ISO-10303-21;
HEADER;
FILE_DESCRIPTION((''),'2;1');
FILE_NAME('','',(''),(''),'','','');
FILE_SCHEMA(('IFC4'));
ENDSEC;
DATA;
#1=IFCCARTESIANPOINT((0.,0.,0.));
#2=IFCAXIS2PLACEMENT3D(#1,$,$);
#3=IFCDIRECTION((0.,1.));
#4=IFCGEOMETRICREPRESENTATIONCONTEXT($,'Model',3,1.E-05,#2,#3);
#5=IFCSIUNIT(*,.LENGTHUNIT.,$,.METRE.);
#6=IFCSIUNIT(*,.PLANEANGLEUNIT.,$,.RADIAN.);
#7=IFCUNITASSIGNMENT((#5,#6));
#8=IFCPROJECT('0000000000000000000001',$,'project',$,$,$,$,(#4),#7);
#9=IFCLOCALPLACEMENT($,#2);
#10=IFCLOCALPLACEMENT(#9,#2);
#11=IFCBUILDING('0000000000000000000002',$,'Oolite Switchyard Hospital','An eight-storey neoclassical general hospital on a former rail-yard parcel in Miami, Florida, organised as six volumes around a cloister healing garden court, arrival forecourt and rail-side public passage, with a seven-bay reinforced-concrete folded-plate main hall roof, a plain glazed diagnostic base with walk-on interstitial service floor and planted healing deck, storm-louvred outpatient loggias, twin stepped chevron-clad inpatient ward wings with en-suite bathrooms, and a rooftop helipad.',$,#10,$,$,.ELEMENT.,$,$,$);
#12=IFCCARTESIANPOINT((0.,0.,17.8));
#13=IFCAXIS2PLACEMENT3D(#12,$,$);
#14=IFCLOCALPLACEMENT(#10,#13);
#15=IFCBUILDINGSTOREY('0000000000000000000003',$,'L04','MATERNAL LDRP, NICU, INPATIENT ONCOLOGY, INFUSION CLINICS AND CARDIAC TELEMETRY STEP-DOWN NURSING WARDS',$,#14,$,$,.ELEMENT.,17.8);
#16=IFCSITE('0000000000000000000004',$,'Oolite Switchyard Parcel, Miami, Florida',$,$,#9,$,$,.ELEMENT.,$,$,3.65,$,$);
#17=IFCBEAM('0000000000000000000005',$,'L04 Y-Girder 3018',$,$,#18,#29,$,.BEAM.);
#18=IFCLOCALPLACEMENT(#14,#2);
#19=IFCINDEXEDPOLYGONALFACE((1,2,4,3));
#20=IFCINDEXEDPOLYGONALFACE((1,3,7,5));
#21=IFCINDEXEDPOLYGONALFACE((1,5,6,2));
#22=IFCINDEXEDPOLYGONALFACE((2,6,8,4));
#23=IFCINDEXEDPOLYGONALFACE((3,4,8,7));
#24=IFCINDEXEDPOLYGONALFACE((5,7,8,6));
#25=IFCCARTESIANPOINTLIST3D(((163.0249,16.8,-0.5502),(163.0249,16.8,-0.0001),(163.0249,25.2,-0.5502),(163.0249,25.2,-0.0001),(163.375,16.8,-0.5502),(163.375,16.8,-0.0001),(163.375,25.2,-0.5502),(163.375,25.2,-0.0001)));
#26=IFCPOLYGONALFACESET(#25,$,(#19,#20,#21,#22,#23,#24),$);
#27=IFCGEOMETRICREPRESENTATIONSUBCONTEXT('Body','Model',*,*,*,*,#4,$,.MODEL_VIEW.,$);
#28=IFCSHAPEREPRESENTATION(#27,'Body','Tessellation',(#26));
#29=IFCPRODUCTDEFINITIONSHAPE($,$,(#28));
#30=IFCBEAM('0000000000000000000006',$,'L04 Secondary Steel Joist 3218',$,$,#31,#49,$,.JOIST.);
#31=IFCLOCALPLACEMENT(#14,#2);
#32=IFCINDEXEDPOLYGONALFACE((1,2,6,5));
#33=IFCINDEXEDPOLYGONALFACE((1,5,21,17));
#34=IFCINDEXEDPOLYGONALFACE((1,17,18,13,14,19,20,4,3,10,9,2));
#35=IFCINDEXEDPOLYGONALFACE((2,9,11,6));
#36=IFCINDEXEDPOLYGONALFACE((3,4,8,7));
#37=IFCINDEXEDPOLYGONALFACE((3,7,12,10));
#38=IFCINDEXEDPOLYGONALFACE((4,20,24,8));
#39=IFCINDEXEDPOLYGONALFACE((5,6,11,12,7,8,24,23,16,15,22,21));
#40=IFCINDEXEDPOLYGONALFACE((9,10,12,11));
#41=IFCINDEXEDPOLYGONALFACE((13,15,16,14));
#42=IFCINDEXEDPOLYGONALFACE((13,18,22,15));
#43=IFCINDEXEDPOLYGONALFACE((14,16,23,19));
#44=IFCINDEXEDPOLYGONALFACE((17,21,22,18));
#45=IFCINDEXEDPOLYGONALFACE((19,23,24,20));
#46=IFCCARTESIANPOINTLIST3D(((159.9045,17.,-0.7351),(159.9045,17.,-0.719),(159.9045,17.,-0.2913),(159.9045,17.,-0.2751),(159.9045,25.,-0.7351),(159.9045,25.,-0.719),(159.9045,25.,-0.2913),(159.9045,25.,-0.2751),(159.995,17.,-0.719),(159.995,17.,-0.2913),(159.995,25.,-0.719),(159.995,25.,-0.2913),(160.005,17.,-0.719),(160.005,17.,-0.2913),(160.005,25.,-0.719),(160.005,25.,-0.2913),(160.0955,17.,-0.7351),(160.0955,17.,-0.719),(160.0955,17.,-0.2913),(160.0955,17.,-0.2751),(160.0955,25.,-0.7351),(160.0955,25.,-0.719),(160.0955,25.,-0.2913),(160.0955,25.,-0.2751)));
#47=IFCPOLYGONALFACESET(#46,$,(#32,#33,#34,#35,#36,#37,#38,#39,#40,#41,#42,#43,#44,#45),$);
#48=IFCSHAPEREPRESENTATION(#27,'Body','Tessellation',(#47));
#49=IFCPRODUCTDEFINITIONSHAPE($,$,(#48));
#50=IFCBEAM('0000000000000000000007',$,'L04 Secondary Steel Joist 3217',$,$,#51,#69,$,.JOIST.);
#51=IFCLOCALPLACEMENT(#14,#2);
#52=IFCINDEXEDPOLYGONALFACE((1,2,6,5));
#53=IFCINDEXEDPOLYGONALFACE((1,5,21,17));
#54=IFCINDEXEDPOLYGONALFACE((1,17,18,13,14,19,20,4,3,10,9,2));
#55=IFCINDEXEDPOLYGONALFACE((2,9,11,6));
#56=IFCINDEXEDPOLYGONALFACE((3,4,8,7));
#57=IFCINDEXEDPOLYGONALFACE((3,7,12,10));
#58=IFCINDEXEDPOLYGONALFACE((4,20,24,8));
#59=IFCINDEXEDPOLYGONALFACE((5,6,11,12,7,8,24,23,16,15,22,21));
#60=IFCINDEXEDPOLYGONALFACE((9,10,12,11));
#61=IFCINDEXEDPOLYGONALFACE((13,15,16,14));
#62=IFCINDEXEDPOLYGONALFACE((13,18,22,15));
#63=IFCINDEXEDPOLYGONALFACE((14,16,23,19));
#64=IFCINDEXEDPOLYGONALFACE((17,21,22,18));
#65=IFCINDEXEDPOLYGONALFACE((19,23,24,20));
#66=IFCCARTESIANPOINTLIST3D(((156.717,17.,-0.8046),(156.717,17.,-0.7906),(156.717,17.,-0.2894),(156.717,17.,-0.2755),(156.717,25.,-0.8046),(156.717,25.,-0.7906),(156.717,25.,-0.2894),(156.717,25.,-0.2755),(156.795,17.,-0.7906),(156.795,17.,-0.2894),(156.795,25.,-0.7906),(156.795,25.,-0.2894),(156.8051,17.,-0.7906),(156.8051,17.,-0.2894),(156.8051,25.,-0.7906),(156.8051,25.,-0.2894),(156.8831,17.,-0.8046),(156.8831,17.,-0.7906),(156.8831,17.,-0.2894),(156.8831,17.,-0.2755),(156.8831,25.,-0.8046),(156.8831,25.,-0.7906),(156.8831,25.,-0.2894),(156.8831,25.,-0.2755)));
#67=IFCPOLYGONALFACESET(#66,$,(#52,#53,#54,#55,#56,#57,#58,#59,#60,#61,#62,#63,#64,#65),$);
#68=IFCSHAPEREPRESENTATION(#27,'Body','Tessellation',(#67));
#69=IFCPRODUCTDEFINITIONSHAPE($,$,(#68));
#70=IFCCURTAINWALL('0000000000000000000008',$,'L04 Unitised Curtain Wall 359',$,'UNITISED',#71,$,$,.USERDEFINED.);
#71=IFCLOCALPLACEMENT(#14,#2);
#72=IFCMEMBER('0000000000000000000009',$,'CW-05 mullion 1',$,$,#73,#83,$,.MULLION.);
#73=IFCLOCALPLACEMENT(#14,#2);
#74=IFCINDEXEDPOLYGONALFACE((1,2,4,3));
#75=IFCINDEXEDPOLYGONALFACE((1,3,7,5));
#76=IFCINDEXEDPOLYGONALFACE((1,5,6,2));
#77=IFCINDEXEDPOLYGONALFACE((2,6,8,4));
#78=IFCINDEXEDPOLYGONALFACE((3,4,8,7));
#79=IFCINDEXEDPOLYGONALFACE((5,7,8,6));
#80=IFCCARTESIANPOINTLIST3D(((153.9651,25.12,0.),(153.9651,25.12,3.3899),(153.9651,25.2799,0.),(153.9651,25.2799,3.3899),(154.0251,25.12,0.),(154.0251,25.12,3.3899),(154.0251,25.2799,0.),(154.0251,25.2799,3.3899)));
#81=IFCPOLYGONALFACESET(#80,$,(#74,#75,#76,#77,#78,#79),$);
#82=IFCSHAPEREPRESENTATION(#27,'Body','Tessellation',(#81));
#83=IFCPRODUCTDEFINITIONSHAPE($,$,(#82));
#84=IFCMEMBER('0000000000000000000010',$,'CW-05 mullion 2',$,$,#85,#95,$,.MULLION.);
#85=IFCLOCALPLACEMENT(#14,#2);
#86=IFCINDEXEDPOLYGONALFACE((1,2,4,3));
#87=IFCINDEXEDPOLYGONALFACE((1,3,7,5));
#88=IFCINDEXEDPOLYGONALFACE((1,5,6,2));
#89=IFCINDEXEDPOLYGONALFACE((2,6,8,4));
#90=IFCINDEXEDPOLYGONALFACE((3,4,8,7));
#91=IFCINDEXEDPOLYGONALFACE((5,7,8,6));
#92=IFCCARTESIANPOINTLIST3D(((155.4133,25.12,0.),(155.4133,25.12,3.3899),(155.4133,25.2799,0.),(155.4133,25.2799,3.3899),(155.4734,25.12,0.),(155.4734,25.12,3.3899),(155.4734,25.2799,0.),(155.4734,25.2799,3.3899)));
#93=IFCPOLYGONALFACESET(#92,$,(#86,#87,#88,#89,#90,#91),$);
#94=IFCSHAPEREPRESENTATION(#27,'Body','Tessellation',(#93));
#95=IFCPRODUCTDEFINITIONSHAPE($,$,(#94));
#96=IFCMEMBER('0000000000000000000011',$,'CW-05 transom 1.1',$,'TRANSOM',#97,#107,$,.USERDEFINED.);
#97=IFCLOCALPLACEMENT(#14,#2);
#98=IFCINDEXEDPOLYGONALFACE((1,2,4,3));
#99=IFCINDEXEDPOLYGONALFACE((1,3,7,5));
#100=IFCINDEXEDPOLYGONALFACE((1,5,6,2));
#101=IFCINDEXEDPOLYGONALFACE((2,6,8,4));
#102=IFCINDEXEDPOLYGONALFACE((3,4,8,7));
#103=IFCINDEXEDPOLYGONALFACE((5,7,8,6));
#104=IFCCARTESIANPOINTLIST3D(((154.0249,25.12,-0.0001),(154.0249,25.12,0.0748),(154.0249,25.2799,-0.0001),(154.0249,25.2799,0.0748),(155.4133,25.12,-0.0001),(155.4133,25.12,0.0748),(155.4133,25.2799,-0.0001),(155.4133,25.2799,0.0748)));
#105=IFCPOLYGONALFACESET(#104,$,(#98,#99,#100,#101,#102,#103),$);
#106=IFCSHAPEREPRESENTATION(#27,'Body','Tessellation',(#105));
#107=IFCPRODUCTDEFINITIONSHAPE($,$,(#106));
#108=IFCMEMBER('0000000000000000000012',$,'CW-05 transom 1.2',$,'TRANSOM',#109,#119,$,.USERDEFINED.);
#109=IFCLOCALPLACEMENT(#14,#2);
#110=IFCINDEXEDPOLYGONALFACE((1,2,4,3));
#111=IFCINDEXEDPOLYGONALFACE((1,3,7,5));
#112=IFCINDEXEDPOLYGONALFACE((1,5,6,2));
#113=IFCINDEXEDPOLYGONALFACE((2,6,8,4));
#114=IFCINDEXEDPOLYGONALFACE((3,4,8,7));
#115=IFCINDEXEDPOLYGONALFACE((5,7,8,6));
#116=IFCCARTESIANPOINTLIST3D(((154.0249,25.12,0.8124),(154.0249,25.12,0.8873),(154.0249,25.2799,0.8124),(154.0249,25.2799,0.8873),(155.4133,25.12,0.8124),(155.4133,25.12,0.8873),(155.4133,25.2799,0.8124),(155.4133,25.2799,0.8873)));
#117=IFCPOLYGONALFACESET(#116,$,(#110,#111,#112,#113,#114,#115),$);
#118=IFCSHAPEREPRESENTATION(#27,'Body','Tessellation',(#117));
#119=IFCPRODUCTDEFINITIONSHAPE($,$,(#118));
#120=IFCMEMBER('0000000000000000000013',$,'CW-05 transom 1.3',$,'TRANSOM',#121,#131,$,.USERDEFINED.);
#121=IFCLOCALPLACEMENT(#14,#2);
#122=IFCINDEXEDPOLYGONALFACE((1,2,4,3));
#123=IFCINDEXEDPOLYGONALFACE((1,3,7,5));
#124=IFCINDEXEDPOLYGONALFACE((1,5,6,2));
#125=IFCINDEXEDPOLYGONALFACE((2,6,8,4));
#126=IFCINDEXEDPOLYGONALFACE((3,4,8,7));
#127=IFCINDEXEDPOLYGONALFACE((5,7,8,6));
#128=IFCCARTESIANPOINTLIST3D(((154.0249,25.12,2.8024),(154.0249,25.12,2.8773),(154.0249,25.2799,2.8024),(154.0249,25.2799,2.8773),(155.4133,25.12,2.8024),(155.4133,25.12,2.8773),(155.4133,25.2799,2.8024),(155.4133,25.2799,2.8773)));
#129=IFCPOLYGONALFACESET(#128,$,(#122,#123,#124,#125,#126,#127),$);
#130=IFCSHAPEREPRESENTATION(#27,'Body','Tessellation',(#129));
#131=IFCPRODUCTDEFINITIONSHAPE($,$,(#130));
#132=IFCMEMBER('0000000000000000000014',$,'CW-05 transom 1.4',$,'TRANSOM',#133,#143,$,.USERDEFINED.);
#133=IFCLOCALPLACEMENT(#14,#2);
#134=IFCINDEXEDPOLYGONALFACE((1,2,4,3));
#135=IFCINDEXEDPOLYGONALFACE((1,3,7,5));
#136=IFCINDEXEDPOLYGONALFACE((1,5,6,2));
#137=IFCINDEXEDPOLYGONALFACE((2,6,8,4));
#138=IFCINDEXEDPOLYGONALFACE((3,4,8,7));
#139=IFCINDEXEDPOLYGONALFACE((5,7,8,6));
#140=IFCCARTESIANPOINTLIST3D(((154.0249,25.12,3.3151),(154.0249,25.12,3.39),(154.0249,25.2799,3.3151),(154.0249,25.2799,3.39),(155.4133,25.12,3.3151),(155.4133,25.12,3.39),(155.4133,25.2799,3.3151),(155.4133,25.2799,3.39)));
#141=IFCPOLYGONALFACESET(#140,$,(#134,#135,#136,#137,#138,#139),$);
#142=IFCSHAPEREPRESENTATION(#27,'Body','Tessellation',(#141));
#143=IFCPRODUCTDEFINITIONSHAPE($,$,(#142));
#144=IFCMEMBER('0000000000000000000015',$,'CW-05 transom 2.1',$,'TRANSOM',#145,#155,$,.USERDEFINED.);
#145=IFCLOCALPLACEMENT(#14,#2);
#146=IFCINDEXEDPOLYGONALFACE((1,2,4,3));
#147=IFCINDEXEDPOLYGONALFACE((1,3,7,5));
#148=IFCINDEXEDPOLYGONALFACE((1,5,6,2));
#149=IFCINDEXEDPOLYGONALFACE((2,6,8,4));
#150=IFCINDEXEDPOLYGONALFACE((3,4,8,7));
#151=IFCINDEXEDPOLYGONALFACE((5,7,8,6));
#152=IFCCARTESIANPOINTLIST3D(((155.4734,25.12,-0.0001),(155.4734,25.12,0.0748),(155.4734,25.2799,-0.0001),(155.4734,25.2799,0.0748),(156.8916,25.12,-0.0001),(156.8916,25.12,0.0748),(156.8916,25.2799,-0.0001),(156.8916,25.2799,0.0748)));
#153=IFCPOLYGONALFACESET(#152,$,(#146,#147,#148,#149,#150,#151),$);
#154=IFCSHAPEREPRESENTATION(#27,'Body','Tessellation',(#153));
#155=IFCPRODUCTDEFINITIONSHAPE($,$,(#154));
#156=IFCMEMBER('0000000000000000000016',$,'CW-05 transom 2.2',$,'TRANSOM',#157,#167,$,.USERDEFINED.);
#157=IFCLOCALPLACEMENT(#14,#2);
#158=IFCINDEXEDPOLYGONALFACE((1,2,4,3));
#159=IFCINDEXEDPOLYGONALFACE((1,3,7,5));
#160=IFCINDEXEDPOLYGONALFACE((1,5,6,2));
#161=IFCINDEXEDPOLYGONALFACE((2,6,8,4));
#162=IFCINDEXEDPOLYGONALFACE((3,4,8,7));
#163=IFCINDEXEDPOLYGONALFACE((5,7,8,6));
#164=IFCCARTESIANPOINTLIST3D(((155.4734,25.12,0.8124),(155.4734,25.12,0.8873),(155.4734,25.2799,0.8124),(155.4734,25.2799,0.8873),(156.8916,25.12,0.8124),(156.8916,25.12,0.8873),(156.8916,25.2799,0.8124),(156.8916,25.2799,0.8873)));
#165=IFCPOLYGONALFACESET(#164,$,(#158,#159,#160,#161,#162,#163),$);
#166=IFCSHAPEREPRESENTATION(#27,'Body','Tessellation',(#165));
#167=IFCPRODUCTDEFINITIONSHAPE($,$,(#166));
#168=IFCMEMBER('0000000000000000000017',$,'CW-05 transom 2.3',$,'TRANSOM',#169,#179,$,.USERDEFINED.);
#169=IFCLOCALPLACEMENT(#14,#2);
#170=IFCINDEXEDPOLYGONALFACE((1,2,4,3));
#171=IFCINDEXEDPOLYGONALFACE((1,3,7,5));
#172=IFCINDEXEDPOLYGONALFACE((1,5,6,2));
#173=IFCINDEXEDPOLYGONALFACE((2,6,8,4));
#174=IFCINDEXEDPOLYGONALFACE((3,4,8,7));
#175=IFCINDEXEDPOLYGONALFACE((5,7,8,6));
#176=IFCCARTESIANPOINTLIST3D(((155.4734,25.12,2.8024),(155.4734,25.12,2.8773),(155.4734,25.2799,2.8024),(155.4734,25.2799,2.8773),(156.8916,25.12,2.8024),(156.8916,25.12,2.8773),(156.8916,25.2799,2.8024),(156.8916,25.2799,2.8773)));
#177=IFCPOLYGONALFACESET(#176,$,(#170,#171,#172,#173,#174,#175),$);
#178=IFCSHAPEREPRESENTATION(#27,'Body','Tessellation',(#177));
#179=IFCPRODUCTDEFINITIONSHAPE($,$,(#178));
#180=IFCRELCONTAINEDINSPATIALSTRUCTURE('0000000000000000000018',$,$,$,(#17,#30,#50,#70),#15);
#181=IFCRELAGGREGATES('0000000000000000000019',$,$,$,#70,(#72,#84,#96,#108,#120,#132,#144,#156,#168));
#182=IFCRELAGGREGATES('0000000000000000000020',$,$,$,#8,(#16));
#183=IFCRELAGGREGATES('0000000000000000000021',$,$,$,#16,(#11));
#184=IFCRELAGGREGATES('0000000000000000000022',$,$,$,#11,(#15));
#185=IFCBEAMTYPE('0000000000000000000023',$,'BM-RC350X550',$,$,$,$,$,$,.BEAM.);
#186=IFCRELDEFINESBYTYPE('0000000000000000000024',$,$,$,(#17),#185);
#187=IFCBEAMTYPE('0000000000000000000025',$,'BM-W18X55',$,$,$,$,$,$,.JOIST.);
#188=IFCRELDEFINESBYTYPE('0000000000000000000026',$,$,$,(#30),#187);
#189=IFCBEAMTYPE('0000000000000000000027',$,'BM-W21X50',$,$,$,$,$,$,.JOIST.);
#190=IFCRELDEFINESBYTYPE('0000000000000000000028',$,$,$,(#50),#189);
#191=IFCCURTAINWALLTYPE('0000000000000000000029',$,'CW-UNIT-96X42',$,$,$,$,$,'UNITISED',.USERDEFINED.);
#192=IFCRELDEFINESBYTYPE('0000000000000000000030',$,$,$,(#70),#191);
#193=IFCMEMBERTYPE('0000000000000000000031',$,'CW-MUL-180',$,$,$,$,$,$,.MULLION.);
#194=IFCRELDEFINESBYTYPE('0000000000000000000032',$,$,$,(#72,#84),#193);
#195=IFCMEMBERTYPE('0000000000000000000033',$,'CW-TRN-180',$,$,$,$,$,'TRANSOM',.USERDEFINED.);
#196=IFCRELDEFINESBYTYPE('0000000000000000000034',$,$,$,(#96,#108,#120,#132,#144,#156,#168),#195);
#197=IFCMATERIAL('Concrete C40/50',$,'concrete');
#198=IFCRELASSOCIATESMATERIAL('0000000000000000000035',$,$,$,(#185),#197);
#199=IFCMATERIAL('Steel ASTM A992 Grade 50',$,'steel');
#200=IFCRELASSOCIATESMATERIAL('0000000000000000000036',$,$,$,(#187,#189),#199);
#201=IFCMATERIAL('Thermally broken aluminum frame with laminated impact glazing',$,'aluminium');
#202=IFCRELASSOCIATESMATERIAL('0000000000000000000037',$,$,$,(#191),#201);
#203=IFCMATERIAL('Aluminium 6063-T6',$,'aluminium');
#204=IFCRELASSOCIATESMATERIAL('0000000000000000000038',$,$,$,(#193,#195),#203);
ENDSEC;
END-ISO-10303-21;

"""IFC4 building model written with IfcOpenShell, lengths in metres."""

from ifc_helpers import new_model, si_unit, direction, frame, origin, origin_2d, place, context, subcontext, project, spatial, rectangle, i_section, extrude, material, material_profile, profile_set, type_object, element, aggregate, save


model = new_model("IFC4")

# Units and contexts
model_context = context("Model", 3, precision=1e-05, world=origin(), true_north=direction((0.0, 1.0)))
body_context = subcontext(model_context, "Body", "Model", "MODEL_VIEW")
ifc_project = project(units=[si_unit("LENGTHUNIT", "METRE"), si_unit("PLANEANGLEUNIT", "RADIAN")], contexts=[model_context])

# Site, building, storey
site_placement = place(None, origin())
site = spatial("IfcSite", under=ifc_project, at=site_placement, Name="Oolite Switchyard Parcel, Miami, Florida", CompositionType="ELEMENT", RefElevation=3.65)
building_placement = place(site_placement, origin())
building = spatial("IfcBuilding", under=site, at=building_placement, Name="Oolite Switchyard Hospital", Description="An eight-storey neoclassical general hospital on a former rail-yard parcel in Miami, Florida, organised as six volumes around a cloister healing garden court, arrival forecourt and rail-side public passage, with a seven-bay reinforced-concrete folded-plate main hall roof, a plain glazed diagnostic base with walk-on interstitial service floor and planted healing deck, storm-louvred outpatient loggias, twin stepped chevron-clad inpatient ward wings with en-suite bathrooms, and a rooftop helipad.", CompositionType="ELEMENT")
storey_placement = place(building_placement, frame((0.0, 0.0, 17.8)))
storey = spatial("IfcBuildingStorey", under=building, at=storey_placement, Name="L04", Description="MATERNAL LDRP, NICU, INPATIENT ONCOLOGY, INFUSION CLINICS AND CARDIAC TELEMETRY STEP-DOWN NURSING WARDS", CompositionType="ELEMENT", Elevation=17.8)

# Beams
ifc_material_1 = material(Name="Concrete C40/50", Category="concrete")
ifc_material_profile_1 = material_profile(ifc_material_1, rectangle(XDim=0.3501, YDim=0.55, at=origin_2d()), Name="RCB350X550")
ifc_profile_set_1 = profile_set([ifc_material_profile_1], Name="Concrete C40/50")
beam_type_1 = type_object("IfcBeamType", Name="BM-RC350X550", PredefinedType="BEAM", material=ifc_profile_set_1)
beam_1_placement = place(storey_placement, frame((163.2, 16.8, -0.2751), z_axis=(0.0, 1.0, 0.0), x_axis=(-1.0, 0.0, 0.0)))
element("IfcBeam", 1, at=beam_1_placement, inside=storey, type_object=beam_type_1, Name="L04 Y-Girder 3018", PredefinedType="BEAM", context=body_context, shape_type="SweptSolid", body=[
    extrude(rectangle(XDim=0.3501, YDim=0.55, at=origin_2d()), origin(), (0.0, 0.0, 1.0), 8.3999),
])
ifc_material_2 = material(Name="Steel ASTM A992 Grade 50", Category="steel")
ifc_material_profile_2 = material_profile(ifc_material_2, i_section(OverallWidth=0.1909, OverallDepth=0.46, WebThickness=0.01, FlangeThickness=0.0161, at=origin_2d()), Name="W18X55")
ifc_profile_set_2 = profile_set([ifc_material_profile_2], Name="Steel ASTM A992 Grade 50")
beam_type_2 = type_object("IfcBeamType", Name="BM-W18X55", PredefinedType="JOIST", material=ifc_profile_set_2)
beam_2_placement = place(storey_placement, frame((160.0, 17.0, -0.5051), z_axis=(0.0, 1.0, 0.0), x_axis=(-1.0, 0.0, 0.0)))
element("IfcBeam", 2, at=beam_2_placement, inside=storey, type_object=beam_type_2, Name="L04 Secondary Steel Joist 3218", PredefinedType="JOIST", context=body_context, shape_type="SweptSolid", body=[
    extrude(i_section(OverallWidth=0.1909, OverallDepth=0.46, WebThickness=0.01, FlangeThickness=0.0161, at=origin_2d()), origin(), (0.0, 0.0, 1.0), 8.0),
])
ifc_material_profile_3 = material_profile(ifc_material_2, i_section(OverallWidth=0.166, OverallDepth=0.5291, WebThickness=0.01, FlangeThickness=0.0139, at=origin_2d()), Name="W21X50")
ifc_profile_set_3 = profile_set([ifc_material_profile_3], Name="Steel ASTM A992 Grade 50")
beam_type_3 = type_object("IfcBeamType", Name="BM-W21X50", PredefinedType="JOIST", material=ifc_profile_set_3)
beam_3_placement = place(storey_placement, frame((156.8, 17.0, -0.54), z_axis=(0.0, 1.0, 0.0), x_axis=(-1.0, 0.0, 0.0)))
element("IfcBeam", 3, at=beam_3_placement, inside=storey, type_object=beam_type_3, Name="L04 Secondary Steel Joist 3217", PredefinedType="JOIST", context=body_context, shape_type="SweptSolid", body=[
    extrude(i_section(OverallWidth=0.166, OverallDepth=0.5291, WebThickness=0.01, FlangeThickness=0.0139, at=origin_2d()), origin(), (0.0, 0.0, 1.0), 8.0),
])

# Curtain wall, members
ifc_material_3 = material(Name="Thermally broken aluminum frame with laminated impact glazing", Category="aluminium")
curtain_wall_type = type_object("IfcCurtainWallType", Name="CW-UNIT-96X42", ElementType="UNITISED", PredefinedType="USERDEFINED", material=ifc_material_3)
curtain_wall_placement = place(storey_placement, origin())
curtain_wall = element("IfcCurtainWall", 4, at=curtain_wall_placement, inside=storey, type_object=curtain_wall_type, Name="L04 Unitised Curtain Wall 359", ObjectType="UNITISED", PredefinedType="USERDEFINED")
ifc_material_4 = material(Name="Aluminium 6063-T6", Category="aluminium")
ifc_material_profile_4 = material_profile(ifc_material_4, rectangle(XDim=0.1599, YDim=0.0601, at=origin_2d()), Name="CWM60X160")
ifc_profile_set_4 = profile_set([ifc_material_profile_4], Name="Aluminium 6063-T6")
member_type_1 = type_object("IfcMemberType", Name="CW-MUL-180", PredefinedType="MULLION", material=ifc_profile_set_4)
member_1_placement = place(storey_placement, frame((153.9951, 25.2, 0.0), z_axis=(0.0, 0.0, 1.0), x_axis=(0.0, 1.0, 0.0)))
member_1 = element("IfcMember", 5, at=member_1_placement, type_object=member_type_1, Name="CW-05 mullion 1", PredefinedType="MULLION", context=body_context, shape_type="SweptSolid", body=[
    extrude(rectangle(XDim=0.1599, YDim=0.0601, at=origin_2d()), origin(), (0.0, 0.0, 1.0), 3.3899),
])
member_2_placement = place(storey_placement, frame((155.4434, 25.2, 0.0), z_axis=(0.0, 0.0, 1.0), x_axis=(0.0, 1.0, 0.0)))
member_2 = element("IfcMember", 6, at=member_2_placement, type_object=member_type_1, Name="CW-05 mullion 2", PredefinedType="MULLION", context=body_context, shape_type="SweptSolid", body=[
    extrude(rectangle(XDim=0.1599, YDim=0.0601, at=origin_2d()), origin(), (0.0, 0.0, 1.0), 3.3899),
])
ifc_material_profile_5 = material_profile(ifc_material_4, rectangle(XDim=0.1599, YDim=0.075, at=origin_2d()), Name="CWT75X160")
ifc_profile_set_5 = profile_set([ifc_material_profile_5], Name="Aluminium 6063-T6")
member_type_2 = type_object("IfcMemberType", Name="CW-TRN-180", ElementType="TRANSOM", PredefinedType="USERDEFINED", material=ifc_profile_set_5)
member_3_placement = place(storey_placement, frame((154.0249, 25.2, 0.0374), z_axis=(1.0, 0.0, 0.0), x_axis=(0.0, 1.0, 0.0)))
member_3 = element("IfcMember", 7, at=member_3_placement, type_object=member_type_2, Name="CW-05 transom 1.1", ObjectType="TRANSOM", PredefinedType="USERDEFINED", context=body_context, shape_type="SweptSolid", body=[
    extrude(rectangle(XDim=0.1599, YDim=0.075, at=origin_2d()), origin(), (0.0, 0.0, 1.0), 1.3884),
])
member_4_placement = place(storey_placement, frame((154.0249, 25.2, 0.8499), z_axis=(1.0, 0.0, 0.0), x_axis=(0.0, 1.0, 0.0)))
member_4 = element("IfcMember", 8, at=member_4_placement, type_object=member_type_2, Name="CW-05 transom 1.2", ObjectType="TRANSOM", PredefinedType="USERDEFINED", context=body_context, shape_type="SweptSolid", body=[
    extrude(rectangle(XDim=0.1599, YDim=0.075, at=origin_2d()), origin(), (0.0, 0.0, 1.0), 1.3884),
])
member_5_placement = place(storey_placement, frame((154.0249, 25.2, 2.8398), z_axis=(1.0, 0.0, 0.0), x_axis=(0.0, 1.0, 0.0)))
member_5 = element("IfcMember", 9, at=member_5_placement, type_object=member_type_2, Name="CW-05 transom 1.3", ObjectType="TRANSOM", PredefinedType="USERDEFINED", context=body_context, shape_type="SweptSolid", body=[
    extrude(rectangle(XDim=0.1599, YDim=0.075, at=origin_2d()), origin(), (0.0, 0.0, 1.0), 1.3884),
])
member_6_placement = place(storey_placement, frame((154.0249, 25.2, 3.3525), z_axis=(1.0, 0.0, 0.0), x_axis=(0.0, 1.0, 0.0)))
member_6 = element("IfcMember", 10, at=member_6_placement, type_object=member_type_2, Name="CW-05 transom 1.4", ObjectType="TRANSOM", PredefinedType="USERDEFINED", context=body_context, shape_type="SweptSolid", body=[
    extrude(rectangle(XDim=0.1599, YDim=0.075, at=origin_2d()), origin(), (0.0, 0.0, 1.0), 1.3884),
])
member_7_placement = place(storey_placement, frame((155.4734, 25.2, 0.0374), z_axis=(1.0, 0.0, 0.0), x_axis=(0.0, 1.0, 0.0)))
member_7 = element("IfcMember", 11, at=member_7_placement, type_object=member_type_2, Name="CW-05 transom 2.1", ObjectType="TRANSOM", PredefinedType="USERDEFINED", context=body_context, shape_type="SweptSolid", body=[
    extrude(rectangle(XDim=0.1599, YDim=0.075, at=origin_2d()), origin(), (0.0, 0.0, 1.0), 1.4182),
])
member_8_placement = place(storey_placement, frame((155.4734, 25.2, 0.8499), z_axis=(1.0, 0.0, 0.0), x_axis=(0.0, 1.0, 0.0)))
member_8 = element("IfcMember", 12, at=member_8_placement, type_object=member_type_2, Name="CW-05 transom 2.2", ObjectType="TRANSOM", PredefinedType="USERDEFINED", context=body_context, shape_type="SweptSolid", body=[
    extrude(rectangle(XDim=0.1599, YDim=0.075, at=origin_2d()), origin(), (0.0, 0.0, 1.0), 1.4182),
])
member_9_placement = place(storey_placement, frame((155.4734, 25.2, 2.8398), z_axis=(1.0, 0.0, 0.0), x_axis=(0.0, 1.0, 0.0)))
member_9 = element("IfcMember", 13, at=member_9_placement, type_object=member_type_2, Name="CW-05 transom 2.3", ObjectType="TRANSOM", PredefinedType="USERDEFINED", context=body_context, shape_type="SweptSolid", body=[
    extrude(rectangle(XDim=0.1599, YDim=0.075, at=origin_2d()), origin(), (0.0, 0.0, 1.0), 1.4182),
])
aggregate(curtain_wall, [member_1, member_2, member_3, member_4, member_5, member_6, member_7, member_8, member_9])

save(model, "model.ifc")
